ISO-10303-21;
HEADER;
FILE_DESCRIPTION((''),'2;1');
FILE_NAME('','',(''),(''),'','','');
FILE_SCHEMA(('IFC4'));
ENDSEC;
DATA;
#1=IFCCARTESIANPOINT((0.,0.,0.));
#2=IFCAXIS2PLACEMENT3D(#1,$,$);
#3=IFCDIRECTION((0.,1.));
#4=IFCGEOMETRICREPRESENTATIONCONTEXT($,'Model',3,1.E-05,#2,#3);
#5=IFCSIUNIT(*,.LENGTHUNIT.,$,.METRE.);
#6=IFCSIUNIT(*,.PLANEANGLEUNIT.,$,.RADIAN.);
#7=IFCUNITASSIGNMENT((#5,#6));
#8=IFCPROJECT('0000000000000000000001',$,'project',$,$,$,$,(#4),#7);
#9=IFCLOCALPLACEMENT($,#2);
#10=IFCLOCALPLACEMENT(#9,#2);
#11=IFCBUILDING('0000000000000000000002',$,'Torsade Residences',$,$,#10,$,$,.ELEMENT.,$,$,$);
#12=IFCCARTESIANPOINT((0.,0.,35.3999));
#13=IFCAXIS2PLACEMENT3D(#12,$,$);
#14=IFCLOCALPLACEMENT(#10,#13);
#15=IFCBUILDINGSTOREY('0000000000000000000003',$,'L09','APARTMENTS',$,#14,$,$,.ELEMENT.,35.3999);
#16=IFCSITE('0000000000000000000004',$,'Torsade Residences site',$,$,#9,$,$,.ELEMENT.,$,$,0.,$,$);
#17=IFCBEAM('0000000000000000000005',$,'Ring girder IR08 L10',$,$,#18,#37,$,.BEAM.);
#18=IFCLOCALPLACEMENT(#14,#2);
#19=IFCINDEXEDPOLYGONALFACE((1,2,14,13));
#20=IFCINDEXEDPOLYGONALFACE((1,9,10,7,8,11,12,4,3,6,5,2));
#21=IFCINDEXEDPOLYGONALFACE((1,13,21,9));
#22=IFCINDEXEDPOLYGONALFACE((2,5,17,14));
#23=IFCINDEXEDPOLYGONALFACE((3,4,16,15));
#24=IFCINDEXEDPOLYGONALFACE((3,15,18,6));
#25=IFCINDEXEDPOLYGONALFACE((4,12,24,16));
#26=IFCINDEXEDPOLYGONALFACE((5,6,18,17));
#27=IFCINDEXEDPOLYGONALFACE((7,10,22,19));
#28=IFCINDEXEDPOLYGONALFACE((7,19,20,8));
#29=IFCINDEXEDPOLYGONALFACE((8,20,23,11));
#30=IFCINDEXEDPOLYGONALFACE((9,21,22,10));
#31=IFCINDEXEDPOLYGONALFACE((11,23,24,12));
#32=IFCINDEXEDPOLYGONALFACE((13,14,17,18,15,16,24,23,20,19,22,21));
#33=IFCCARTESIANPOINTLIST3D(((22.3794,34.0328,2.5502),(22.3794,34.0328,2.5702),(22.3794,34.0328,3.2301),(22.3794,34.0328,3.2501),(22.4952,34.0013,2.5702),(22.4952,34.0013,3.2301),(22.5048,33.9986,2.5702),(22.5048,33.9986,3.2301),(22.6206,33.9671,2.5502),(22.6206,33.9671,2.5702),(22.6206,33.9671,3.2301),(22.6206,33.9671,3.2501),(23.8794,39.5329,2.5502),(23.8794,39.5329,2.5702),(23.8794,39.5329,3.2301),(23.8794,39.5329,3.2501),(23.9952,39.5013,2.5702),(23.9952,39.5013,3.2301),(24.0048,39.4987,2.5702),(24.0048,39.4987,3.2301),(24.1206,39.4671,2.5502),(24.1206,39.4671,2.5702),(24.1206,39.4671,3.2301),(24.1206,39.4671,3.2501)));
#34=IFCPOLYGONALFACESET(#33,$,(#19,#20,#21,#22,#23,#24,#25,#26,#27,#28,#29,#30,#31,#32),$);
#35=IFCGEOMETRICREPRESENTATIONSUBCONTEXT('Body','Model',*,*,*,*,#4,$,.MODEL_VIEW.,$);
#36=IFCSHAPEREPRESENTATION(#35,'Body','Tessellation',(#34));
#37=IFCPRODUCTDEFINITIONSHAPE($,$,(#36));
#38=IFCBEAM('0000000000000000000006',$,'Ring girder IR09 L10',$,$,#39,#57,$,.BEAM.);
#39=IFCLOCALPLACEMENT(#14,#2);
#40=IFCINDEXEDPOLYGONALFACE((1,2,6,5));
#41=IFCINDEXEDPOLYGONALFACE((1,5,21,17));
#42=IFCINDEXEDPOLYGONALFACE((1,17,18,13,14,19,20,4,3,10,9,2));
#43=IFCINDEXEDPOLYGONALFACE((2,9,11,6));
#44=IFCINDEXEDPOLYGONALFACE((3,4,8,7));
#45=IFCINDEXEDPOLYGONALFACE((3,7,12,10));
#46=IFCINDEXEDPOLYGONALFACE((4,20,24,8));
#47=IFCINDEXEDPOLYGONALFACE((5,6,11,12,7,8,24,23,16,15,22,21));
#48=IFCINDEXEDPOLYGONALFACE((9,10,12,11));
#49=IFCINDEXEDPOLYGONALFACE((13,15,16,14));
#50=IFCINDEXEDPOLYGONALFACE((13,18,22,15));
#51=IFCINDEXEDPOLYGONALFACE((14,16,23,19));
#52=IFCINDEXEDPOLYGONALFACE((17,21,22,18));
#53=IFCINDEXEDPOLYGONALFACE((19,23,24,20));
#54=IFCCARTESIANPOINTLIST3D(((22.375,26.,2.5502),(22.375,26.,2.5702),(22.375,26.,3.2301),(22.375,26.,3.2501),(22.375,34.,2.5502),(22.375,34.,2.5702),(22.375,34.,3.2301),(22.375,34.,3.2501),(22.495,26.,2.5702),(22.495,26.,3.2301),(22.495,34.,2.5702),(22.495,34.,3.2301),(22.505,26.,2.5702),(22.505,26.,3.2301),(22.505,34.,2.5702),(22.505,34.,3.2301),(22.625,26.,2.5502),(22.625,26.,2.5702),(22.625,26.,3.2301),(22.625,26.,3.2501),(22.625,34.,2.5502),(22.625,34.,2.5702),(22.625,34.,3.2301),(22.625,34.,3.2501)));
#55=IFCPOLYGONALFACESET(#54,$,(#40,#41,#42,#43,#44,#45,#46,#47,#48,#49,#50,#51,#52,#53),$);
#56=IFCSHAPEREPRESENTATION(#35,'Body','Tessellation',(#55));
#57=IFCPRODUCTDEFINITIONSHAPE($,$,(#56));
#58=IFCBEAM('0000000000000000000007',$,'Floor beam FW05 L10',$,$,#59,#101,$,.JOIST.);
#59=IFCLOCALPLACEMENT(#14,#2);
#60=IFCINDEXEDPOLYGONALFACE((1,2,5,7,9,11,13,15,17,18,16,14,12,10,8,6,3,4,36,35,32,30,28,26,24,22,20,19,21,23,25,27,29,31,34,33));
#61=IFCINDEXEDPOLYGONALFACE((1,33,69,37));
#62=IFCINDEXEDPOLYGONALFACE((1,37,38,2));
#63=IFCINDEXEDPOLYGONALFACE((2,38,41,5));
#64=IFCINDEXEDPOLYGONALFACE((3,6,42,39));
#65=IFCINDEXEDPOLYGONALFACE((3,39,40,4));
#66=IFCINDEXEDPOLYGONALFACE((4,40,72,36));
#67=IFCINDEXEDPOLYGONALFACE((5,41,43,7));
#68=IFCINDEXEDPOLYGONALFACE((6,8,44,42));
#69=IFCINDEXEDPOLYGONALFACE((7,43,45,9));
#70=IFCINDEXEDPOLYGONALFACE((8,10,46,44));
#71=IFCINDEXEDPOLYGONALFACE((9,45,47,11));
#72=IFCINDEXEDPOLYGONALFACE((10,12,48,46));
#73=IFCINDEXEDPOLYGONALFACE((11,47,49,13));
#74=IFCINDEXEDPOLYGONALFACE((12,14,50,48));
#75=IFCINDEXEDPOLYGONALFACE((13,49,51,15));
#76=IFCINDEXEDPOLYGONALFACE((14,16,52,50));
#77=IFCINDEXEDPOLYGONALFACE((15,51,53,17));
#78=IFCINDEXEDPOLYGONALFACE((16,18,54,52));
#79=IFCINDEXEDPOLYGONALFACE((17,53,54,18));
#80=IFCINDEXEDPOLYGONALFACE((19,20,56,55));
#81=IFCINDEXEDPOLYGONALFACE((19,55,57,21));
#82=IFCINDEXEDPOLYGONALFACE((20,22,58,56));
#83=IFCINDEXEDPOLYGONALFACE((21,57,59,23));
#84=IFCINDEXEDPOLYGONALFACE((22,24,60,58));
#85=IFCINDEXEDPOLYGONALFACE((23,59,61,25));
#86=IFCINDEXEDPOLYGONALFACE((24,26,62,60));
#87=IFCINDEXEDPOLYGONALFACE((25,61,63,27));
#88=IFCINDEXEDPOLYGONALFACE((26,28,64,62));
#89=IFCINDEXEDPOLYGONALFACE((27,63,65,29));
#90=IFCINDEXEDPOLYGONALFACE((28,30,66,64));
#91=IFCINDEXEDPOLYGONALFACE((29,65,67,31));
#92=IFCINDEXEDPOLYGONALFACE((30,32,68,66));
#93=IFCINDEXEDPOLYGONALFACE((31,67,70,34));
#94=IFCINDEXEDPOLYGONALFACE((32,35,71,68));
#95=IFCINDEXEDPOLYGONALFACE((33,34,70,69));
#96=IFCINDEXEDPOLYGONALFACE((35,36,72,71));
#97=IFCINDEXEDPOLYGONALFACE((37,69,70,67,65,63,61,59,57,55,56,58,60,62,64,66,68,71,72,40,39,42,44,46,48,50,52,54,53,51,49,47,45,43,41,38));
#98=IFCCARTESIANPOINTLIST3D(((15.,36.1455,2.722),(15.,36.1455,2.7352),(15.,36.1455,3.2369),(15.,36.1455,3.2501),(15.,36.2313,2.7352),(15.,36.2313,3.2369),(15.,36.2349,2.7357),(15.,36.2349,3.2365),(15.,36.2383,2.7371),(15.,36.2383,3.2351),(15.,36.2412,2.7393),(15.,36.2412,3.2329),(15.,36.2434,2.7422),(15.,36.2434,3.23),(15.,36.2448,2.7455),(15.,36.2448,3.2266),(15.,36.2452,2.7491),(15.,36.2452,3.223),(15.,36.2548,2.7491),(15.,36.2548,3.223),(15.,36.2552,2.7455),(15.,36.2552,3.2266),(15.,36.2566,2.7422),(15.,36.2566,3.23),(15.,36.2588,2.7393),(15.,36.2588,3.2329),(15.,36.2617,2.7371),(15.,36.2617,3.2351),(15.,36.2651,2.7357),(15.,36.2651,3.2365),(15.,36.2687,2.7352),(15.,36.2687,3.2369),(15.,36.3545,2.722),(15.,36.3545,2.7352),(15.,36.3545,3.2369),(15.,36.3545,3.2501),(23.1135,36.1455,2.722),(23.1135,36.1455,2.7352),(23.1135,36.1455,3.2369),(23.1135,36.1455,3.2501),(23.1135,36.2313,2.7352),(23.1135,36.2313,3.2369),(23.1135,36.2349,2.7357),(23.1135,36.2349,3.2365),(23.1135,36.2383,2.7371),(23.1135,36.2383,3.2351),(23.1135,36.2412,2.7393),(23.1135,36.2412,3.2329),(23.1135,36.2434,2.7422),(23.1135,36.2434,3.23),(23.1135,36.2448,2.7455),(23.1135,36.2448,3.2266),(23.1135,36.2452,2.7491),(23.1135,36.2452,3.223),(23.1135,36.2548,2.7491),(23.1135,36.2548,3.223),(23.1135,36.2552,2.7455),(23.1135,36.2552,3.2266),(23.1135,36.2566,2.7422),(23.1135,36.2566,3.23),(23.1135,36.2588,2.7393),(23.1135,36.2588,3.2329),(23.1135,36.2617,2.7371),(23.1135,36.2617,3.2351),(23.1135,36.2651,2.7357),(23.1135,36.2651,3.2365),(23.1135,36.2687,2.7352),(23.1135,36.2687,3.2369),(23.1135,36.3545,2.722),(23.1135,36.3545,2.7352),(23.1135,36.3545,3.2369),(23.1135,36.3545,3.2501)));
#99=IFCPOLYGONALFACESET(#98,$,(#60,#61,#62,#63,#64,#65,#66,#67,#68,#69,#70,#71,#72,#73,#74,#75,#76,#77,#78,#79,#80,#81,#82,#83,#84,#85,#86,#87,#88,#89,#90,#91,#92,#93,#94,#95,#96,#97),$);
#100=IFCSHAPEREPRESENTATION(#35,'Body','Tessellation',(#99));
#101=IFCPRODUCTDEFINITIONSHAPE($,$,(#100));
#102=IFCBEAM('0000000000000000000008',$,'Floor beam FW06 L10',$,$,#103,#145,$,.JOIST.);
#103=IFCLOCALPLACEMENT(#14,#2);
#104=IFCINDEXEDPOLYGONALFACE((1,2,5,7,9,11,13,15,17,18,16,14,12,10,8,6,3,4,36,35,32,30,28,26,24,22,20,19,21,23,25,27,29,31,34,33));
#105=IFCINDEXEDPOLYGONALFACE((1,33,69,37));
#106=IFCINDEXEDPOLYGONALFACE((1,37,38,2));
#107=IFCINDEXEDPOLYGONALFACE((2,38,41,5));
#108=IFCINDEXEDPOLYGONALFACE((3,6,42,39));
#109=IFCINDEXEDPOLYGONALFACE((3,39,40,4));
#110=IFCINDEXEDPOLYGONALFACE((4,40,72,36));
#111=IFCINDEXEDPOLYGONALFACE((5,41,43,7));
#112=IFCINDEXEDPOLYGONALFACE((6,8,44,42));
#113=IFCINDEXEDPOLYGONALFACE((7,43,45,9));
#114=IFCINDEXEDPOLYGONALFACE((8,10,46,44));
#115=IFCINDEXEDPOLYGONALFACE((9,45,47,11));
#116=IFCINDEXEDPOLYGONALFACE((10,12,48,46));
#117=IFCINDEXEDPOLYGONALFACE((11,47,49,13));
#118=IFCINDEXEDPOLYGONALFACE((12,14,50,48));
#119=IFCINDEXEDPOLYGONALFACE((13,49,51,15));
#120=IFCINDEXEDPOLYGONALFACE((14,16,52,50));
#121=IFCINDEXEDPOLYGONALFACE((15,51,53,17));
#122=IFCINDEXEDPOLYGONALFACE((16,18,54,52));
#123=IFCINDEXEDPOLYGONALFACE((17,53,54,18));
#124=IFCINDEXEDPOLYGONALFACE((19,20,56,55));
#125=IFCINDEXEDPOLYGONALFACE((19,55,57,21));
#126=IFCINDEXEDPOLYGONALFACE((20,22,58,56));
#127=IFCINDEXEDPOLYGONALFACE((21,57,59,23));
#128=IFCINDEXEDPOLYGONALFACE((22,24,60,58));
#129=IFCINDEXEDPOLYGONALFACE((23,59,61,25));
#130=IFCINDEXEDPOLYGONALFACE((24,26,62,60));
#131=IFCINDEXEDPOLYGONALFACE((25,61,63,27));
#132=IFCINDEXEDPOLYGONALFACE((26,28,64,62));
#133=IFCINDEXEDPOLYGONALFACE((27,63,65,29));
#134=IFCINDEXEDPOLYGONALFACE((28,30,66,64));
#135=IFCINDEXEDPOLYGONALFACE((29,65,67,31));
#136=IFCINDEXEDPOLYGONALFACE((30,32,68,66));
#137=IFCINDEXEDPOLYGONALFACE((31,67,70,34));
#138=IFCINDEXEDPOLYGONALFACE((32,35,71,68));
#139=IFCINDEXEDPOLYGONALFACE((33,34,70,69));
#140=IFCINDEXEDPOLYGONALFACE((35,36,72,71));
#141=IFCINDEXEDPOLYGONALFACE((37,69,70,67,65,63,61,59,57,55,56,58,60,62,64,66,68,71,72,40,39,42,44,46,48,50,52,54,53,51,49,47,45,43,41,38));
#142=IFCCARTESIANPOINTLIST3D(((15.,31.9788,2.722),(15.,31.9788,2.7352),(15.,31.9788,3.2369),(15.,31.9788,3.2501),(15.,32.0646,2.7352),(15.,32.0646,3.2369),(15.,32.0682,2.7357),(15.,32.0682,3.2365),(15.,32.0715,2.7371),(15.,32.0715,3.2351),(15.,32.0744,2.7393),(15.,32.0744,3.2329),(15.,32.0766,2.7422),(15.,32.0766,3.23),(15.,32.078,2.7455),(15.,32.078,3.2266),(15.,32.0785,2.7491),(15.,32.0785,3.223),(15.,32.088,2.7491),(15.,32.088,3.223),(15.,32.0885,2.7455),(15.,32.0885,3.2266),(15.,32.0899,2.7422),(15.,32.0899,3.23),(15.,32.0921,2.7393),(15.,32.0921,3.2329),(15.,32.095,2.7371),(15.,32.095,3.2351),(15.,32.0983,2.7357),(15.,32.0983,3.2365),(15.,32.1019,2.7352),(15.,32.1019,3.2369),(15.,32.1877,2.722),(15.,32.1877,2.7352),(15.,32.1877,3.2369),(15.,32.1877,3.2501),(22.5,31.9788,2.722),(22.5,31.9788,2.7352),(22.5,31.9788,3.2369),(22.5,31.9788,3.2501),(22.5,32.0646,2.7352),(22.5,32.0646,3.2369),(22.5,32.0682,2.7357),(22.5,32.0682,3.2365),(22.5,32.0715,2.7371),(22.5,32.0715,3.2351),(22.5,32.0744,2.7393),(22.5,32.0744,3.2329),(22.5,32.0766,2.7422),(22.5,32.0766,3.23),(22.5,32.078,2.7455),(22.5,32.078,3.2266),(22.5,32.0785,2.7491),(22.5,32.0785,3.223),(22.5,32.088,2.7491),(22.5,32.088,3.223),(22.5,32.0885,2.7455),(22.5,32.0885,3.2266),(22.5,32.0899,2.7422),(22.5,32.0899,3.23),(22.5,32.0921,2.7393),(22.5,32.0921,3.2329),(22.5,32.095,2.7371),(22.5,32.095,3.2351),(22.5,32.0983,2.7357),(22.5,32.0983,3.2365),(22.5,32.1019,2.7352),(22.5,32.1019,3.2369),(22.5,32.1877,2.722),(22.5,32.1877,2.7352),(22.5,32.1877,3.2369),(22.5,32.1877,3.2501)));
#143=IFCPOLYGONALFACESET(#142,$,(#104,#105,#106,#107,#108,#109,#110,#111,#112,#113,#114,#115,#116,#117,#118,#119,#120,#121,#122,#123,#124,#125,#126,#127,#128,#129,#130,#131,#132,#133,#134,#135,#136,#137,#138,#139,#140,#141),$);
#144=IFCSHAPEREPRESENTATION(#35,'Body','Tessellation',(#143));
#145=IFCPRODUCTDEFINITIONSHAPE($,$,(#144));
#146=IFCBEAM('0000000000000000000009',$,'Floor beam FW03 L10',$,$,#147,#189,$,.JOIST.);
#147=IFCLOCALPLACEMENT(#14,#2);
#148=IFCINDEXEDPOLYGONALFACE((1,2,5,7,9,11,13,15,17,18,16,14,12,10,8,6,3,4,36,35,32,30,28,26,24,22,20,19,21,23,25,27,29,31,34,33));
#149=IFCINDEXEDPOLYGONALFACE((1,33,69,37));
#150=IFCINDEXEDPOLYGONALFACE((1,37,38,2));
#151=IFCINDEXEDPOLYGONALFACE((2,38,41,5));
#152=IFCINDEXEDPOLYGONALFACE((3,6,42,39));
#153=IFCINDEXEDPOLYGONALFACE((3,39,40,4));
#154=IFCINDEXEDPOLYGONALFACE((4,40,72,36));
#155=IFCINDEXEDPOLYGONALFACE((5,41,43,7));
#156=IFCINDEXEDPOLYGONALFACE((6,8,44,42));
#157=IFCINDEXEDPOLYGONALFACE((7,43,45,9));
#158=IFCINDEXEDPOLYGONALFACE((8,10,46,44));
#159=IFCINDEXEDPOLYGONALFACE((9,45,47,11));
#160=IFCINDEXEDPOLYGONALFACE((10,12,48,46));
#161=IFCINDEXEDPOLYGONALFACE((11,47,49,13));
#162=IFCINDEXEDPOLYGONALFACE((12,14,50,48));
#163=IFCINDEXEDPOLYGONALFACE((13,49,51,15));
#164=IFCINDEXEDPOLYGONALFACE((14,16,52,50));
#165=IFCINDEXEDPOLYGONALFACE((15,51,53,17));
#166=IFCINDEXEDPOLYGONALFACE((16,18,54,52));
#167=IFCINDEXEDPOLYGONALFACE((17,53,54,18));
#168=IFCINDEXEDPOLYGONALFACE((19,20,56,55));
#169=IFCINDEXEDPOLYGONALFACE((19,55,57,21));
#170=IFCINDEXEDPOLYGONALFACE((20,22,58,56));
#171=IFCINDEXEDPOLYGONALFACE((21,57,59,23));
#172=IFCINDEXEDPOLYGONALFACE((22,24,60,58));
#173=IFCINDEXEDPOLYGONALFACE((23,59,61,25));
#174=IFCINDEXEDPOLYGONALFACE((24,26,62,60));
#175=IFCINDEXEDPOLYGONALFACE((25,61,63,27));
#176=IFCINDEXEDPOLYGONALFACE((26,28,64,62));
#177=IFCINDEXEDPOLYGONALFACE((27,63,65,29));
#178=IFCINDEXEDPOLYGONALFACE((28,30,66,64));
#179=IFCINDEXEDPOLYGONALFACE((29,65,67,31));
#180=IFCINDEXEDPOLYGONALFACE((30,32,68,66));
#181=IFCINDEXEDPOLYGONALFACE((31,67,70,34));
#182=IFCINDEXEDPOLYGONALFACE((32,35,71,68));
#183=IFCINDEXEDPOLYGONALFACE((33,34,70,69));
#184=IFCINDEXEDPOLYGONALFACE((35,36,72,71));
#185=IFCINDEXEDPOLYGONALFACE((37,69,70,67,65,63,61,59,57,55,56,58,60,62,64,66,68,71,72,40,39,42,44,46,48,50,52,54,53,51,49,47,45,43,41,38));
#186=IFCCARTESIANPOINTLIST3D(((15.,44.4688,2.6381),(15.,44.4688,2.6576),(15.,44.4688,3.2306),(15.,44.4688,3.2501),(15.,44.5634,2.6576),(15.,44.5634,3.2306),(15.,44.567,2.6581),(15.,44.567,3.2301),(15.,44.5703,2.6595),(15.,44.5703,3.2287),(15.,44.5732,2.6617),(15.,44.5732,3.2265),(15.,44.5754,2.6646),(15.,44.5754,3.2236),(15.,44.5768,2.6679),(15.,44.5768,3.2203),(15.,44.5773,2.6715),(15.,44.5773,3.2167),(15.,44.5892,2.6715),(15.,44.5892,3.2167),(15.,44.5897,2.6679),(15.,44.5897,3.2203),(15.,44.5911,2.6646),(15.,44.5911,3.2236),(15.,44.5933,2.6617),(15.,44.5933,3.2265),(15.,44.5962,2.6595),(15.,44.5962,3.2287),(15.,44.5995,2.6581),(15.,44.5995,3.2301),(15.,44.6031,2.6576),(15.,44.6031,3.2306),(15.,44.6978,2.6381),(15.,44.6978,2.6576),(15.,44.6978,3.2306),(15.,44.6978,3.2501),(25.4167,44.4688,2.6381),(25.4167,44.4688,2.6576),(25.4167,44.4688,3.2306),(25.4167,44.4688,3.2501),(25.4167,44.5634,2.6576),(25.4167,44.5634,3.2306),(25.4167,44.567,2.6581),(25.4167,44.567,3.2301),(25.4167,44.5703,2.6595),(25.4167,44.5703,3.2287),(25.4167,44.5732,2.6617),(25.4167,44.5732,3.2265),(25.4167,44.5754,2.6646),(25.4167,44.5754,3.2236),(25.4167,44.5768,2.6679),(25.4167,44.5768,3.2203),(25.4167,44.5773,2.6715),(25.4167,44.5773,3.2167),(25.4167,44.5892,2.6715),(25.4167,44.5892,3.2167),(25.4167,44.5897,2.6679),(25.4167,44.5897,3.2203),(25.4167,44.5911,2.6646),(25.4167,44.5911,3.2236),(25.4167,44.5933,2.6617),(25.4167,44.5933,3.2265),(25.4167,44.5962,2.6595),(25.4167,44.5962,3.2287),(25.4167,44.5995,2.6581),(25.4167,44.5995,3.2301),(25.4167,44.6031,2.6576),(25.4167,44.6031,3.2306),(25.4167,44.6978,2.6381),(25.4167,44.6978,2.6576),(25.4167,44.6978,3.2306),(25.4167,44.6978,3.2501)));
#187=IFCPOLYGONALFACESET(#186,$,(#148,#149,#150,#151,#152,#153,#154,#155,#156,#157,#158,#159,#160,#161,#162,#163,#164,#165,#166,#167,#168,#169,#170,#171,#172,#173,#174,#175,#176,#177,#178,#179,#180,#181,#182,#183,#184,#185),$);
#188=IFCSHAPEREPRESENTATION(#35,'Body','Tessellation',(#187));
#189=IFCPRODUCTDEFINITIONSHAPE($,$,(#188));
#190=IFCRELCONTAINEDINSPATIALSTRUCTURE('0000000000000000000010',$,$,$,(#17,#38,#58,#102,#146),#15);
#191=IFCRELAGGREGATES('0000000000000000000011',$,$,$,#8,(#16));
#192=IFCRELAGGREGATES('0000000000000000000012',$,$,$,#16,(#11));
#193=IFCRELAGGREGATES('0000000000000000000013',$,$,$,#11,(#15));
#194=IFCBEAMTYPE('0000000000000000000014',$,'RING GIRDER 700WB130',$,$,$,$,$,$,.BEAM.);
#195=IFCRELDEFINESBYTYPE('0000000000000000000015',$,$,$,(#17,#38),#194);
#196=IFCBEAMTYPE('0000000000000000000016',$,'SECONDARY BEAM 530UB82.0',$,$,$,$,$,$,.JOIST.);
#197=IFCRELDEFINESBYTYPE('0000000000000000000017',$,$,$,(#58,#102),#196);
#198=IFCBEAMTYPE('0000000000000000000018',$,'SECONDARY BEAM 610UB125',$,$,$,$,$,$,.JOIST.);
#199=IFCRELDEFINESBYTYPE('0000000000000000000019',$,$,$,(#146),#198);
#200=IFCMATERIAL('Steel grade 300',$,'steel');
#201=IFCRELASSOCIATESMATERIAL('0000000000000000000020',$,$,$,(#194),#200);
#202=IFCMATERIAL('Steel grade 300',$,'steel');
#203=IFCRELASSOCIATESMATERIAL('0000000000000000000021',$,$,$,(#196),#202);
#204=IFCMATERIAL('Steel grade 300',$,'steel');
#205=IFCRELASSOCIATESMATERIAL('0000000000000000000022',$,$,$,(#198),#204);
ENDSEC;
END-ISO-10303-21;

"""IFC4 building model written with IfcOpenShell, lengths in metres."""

from ifc_helpers import new_model, si_unit, direction, frame, origin, origin_2d, place, context, subcontext, project, spatial, i_section, extrude, material, material_profile, profile_set, type_object, element, save


model = new_model("IFC4")

# Units and contexts
model_context = context("Model", 3, precision=1e-05, world=origin(), true_north=direction((0.0, 1.0)))
body_context = subcontext(model_context, "Body", "Model", "MODEL_VIEW")
ifc_project = project(units=[si_unit("LENGTHUNIT", "METRE"), si_unit("PLANEANGLEUNIT", "RADIAN")], contexts=[model_context])

# Site, building, storey
site_placement = place(None, origin())
site = spatial("IfcSite", under=ifc_project, at=site_placement, Name="Torsade Residences site", CompositionType="ELEMENT", RefElevation=0.0)
building_placement = place(site_placement, origin())
building = spatial("IfcBuilding", under=site, at=building_placement, Name="Torsade Residences", CompositionType="ELEMENT")
storey_placement = place(building_placement, frame((0.0, 0.0, 35.3999)))
storey = spatial("IfcBuildingStorey", under=building, at=storey_placement, Name="L09", Description="APARTMENTS", CompositionType="ELEMENT", Elevation=35.3999)

# Beams
ifc_material_1 = material(Name="Steel grade 300", Category="steel")
ifc_material_profile_1 = material_profile(ifc_material_1, i_section(OverallWidth=0.25, OverallDepth=0.7, WebThickness=0.01, FlangeThickness=0.02, at=origin_2d()), Name="700WB130")
ifc_profile_set_1 = profile_set([ifc_material_profile_1], Name="Steel grade 300")
beam_type_1 = type_object("IfcBeamType", Name="RING GIRDER 700WB130", PredefinedType="BEAM", material=ifc_profile_set_1)
beam_1_placement = place(storey_placement, frame((24.0, 39.5, 2.9001), z_axis=(-0.263117, -0.964764, 0.0), x_axis=(0.964764, -0.263117, 0.0)))
element("IfcBeam", 1, at=beam_1_placement, inside=storey, type_object=beam_type_1, Name="Ring girder IR08 L10", PredefinedType="BEAM", context=body_context, shape_type="SweptSolid", body=[
    extrude(i_section(OverallWidth=0.25, OverallDepth=0.7, WebThickness=0.01, FlangeThickness=0.02, at=origin_2d()), origin(), (0.0, 0.0, 1.0), 5.7009),
])
beam_2_placement = place(storey_placement, frame((22.5, 34.0, 2.9001), z_axis=(0.0, -1.0, 0.0), x_axis=(1.0, 0.0, 0.0)))
element("IfcBeam", 2, at=beam_2_placement, inside=storey, type_object=beam_type_1, Name="Ring girder IR09 L10", PredefinedType="BEAM", context=body_context, shape_type="SweptSolid", body=[
    extrude(i_section(OverallWidth=0.25, OverallDepth=0.7, WebThickness=0.01, FlangeThickness=0.02, at=origin_2d()), origin(), (0.0, 0.0, 1.0), 8.0),
])
ifc_material_2 = material(Name="Steel grade 300", Category="steel")
ifc_material_profile_2 = material_profile(ifc_material_2, i_section(OverallWidth=0.209, OverallDepth=0.5281, WebThickness=0.0095, FlangeThickness=0.0132, FilletRadius=0.0139, at=origin_2d()), Name="530UB82.0")
ifc_profile_set_2 = profile_set([ifc_material_profile_2], Name="Steel grade 300")
beam_type_2 = type_object("IfcBeamType", Name="SECONDARY BEAM 530UB82.0", PredefinedType="JOIST", material=ifc_profile_set_2)
beam_3_placement = place(storey_placement, frame((15.0, 36.25, 2.9861), z_axis=(1.0, 0.0, 0.0), x_axis=(0.0, 1.0, 0.0)))
element("IfcBeam", 3, at=beam_3_placement, inside=storey, type_object=beam_type_2, Name="Floor beam FW05 L10", PredefinedType="JOIST", context=body_context, shape_type="SweptSolid", body=[
    extrude(i_section(OverallWidth=0.209, OverallDepth=0.5281, WebThickness=0.0095, FlangeThickness=0.0132, FilletRadius=0.0139, at=origin_2d()), origin(), (0.0, 0.0, 1.0), 8.1135),
])
beam_4_placement = place(storey_placement, frame((15.0, 32.0833, 2.9861), z_axis=(1.0, 0.0, 0.0), x_axis=(0.0, 1.0, 0.0)))
element("IfcBeam", 4, at=beam_4_placement, inside=storey, type_object=beam_type_2, Name="Floor beam FW06 L10", PredefinedType="JOIST", context=body_context, shape_type="SweptSolid", body=[
    extrude(i_section(OverallWidth=0.209, OverallDepth=0.5281, WebThickness=0.0095, FlangeThickness=0.0132, FilletRadius=0.0139, at=origin_2d()), origin(), (0.0, 0.0, 1.0), 7.5),
])
ifc_material_3 = material(Name="Steel grade 300", Category="steel")
ifc_material_profile_3 = material_profile(ifc_material_3, i_section(OverallWidth=0.229, OverallDepth=0.6121, WebThickness=0.012, FlangeThickness=0.0195, FilletRadius=0.0139, at=origin_2d()), Name="610UB125")
ifc_profile_set_3 = profile_set([ifc_material_profile_3], Name="Steel grade 300")
beam_type_3 = type_object("IfcBeamType", Name="SECONDARY BEAM 610UB125", PredefinedType="JOIST", material=ifc_profile_set_3)
beam_5_placement = place(storey_placement, frame((15.0, 44.5833, 2.9441), z_axis=(1.0, 0.0, 0.0), x_axis=(0.0, 1.0, 0.0)))
element("IfcBeam", 5, at=beam_5_placement, inside=storey, type_object=beam_type_3, Name="Floor beam FW03 L10", PredefinedType="JOIST", context=body_context, shape_type="SweptSolid", body=[
    extrude(i_section(OverallWidth=0.229, OverallDepth=0.6121, WebThickness=0.012, FlangeThickness=0.0195, FilletRadius=0.0139, at=origin_2d()), origin(), (0.0, 0.0, 1.0), 10.4167),
])

save(model, "model.ifc")
